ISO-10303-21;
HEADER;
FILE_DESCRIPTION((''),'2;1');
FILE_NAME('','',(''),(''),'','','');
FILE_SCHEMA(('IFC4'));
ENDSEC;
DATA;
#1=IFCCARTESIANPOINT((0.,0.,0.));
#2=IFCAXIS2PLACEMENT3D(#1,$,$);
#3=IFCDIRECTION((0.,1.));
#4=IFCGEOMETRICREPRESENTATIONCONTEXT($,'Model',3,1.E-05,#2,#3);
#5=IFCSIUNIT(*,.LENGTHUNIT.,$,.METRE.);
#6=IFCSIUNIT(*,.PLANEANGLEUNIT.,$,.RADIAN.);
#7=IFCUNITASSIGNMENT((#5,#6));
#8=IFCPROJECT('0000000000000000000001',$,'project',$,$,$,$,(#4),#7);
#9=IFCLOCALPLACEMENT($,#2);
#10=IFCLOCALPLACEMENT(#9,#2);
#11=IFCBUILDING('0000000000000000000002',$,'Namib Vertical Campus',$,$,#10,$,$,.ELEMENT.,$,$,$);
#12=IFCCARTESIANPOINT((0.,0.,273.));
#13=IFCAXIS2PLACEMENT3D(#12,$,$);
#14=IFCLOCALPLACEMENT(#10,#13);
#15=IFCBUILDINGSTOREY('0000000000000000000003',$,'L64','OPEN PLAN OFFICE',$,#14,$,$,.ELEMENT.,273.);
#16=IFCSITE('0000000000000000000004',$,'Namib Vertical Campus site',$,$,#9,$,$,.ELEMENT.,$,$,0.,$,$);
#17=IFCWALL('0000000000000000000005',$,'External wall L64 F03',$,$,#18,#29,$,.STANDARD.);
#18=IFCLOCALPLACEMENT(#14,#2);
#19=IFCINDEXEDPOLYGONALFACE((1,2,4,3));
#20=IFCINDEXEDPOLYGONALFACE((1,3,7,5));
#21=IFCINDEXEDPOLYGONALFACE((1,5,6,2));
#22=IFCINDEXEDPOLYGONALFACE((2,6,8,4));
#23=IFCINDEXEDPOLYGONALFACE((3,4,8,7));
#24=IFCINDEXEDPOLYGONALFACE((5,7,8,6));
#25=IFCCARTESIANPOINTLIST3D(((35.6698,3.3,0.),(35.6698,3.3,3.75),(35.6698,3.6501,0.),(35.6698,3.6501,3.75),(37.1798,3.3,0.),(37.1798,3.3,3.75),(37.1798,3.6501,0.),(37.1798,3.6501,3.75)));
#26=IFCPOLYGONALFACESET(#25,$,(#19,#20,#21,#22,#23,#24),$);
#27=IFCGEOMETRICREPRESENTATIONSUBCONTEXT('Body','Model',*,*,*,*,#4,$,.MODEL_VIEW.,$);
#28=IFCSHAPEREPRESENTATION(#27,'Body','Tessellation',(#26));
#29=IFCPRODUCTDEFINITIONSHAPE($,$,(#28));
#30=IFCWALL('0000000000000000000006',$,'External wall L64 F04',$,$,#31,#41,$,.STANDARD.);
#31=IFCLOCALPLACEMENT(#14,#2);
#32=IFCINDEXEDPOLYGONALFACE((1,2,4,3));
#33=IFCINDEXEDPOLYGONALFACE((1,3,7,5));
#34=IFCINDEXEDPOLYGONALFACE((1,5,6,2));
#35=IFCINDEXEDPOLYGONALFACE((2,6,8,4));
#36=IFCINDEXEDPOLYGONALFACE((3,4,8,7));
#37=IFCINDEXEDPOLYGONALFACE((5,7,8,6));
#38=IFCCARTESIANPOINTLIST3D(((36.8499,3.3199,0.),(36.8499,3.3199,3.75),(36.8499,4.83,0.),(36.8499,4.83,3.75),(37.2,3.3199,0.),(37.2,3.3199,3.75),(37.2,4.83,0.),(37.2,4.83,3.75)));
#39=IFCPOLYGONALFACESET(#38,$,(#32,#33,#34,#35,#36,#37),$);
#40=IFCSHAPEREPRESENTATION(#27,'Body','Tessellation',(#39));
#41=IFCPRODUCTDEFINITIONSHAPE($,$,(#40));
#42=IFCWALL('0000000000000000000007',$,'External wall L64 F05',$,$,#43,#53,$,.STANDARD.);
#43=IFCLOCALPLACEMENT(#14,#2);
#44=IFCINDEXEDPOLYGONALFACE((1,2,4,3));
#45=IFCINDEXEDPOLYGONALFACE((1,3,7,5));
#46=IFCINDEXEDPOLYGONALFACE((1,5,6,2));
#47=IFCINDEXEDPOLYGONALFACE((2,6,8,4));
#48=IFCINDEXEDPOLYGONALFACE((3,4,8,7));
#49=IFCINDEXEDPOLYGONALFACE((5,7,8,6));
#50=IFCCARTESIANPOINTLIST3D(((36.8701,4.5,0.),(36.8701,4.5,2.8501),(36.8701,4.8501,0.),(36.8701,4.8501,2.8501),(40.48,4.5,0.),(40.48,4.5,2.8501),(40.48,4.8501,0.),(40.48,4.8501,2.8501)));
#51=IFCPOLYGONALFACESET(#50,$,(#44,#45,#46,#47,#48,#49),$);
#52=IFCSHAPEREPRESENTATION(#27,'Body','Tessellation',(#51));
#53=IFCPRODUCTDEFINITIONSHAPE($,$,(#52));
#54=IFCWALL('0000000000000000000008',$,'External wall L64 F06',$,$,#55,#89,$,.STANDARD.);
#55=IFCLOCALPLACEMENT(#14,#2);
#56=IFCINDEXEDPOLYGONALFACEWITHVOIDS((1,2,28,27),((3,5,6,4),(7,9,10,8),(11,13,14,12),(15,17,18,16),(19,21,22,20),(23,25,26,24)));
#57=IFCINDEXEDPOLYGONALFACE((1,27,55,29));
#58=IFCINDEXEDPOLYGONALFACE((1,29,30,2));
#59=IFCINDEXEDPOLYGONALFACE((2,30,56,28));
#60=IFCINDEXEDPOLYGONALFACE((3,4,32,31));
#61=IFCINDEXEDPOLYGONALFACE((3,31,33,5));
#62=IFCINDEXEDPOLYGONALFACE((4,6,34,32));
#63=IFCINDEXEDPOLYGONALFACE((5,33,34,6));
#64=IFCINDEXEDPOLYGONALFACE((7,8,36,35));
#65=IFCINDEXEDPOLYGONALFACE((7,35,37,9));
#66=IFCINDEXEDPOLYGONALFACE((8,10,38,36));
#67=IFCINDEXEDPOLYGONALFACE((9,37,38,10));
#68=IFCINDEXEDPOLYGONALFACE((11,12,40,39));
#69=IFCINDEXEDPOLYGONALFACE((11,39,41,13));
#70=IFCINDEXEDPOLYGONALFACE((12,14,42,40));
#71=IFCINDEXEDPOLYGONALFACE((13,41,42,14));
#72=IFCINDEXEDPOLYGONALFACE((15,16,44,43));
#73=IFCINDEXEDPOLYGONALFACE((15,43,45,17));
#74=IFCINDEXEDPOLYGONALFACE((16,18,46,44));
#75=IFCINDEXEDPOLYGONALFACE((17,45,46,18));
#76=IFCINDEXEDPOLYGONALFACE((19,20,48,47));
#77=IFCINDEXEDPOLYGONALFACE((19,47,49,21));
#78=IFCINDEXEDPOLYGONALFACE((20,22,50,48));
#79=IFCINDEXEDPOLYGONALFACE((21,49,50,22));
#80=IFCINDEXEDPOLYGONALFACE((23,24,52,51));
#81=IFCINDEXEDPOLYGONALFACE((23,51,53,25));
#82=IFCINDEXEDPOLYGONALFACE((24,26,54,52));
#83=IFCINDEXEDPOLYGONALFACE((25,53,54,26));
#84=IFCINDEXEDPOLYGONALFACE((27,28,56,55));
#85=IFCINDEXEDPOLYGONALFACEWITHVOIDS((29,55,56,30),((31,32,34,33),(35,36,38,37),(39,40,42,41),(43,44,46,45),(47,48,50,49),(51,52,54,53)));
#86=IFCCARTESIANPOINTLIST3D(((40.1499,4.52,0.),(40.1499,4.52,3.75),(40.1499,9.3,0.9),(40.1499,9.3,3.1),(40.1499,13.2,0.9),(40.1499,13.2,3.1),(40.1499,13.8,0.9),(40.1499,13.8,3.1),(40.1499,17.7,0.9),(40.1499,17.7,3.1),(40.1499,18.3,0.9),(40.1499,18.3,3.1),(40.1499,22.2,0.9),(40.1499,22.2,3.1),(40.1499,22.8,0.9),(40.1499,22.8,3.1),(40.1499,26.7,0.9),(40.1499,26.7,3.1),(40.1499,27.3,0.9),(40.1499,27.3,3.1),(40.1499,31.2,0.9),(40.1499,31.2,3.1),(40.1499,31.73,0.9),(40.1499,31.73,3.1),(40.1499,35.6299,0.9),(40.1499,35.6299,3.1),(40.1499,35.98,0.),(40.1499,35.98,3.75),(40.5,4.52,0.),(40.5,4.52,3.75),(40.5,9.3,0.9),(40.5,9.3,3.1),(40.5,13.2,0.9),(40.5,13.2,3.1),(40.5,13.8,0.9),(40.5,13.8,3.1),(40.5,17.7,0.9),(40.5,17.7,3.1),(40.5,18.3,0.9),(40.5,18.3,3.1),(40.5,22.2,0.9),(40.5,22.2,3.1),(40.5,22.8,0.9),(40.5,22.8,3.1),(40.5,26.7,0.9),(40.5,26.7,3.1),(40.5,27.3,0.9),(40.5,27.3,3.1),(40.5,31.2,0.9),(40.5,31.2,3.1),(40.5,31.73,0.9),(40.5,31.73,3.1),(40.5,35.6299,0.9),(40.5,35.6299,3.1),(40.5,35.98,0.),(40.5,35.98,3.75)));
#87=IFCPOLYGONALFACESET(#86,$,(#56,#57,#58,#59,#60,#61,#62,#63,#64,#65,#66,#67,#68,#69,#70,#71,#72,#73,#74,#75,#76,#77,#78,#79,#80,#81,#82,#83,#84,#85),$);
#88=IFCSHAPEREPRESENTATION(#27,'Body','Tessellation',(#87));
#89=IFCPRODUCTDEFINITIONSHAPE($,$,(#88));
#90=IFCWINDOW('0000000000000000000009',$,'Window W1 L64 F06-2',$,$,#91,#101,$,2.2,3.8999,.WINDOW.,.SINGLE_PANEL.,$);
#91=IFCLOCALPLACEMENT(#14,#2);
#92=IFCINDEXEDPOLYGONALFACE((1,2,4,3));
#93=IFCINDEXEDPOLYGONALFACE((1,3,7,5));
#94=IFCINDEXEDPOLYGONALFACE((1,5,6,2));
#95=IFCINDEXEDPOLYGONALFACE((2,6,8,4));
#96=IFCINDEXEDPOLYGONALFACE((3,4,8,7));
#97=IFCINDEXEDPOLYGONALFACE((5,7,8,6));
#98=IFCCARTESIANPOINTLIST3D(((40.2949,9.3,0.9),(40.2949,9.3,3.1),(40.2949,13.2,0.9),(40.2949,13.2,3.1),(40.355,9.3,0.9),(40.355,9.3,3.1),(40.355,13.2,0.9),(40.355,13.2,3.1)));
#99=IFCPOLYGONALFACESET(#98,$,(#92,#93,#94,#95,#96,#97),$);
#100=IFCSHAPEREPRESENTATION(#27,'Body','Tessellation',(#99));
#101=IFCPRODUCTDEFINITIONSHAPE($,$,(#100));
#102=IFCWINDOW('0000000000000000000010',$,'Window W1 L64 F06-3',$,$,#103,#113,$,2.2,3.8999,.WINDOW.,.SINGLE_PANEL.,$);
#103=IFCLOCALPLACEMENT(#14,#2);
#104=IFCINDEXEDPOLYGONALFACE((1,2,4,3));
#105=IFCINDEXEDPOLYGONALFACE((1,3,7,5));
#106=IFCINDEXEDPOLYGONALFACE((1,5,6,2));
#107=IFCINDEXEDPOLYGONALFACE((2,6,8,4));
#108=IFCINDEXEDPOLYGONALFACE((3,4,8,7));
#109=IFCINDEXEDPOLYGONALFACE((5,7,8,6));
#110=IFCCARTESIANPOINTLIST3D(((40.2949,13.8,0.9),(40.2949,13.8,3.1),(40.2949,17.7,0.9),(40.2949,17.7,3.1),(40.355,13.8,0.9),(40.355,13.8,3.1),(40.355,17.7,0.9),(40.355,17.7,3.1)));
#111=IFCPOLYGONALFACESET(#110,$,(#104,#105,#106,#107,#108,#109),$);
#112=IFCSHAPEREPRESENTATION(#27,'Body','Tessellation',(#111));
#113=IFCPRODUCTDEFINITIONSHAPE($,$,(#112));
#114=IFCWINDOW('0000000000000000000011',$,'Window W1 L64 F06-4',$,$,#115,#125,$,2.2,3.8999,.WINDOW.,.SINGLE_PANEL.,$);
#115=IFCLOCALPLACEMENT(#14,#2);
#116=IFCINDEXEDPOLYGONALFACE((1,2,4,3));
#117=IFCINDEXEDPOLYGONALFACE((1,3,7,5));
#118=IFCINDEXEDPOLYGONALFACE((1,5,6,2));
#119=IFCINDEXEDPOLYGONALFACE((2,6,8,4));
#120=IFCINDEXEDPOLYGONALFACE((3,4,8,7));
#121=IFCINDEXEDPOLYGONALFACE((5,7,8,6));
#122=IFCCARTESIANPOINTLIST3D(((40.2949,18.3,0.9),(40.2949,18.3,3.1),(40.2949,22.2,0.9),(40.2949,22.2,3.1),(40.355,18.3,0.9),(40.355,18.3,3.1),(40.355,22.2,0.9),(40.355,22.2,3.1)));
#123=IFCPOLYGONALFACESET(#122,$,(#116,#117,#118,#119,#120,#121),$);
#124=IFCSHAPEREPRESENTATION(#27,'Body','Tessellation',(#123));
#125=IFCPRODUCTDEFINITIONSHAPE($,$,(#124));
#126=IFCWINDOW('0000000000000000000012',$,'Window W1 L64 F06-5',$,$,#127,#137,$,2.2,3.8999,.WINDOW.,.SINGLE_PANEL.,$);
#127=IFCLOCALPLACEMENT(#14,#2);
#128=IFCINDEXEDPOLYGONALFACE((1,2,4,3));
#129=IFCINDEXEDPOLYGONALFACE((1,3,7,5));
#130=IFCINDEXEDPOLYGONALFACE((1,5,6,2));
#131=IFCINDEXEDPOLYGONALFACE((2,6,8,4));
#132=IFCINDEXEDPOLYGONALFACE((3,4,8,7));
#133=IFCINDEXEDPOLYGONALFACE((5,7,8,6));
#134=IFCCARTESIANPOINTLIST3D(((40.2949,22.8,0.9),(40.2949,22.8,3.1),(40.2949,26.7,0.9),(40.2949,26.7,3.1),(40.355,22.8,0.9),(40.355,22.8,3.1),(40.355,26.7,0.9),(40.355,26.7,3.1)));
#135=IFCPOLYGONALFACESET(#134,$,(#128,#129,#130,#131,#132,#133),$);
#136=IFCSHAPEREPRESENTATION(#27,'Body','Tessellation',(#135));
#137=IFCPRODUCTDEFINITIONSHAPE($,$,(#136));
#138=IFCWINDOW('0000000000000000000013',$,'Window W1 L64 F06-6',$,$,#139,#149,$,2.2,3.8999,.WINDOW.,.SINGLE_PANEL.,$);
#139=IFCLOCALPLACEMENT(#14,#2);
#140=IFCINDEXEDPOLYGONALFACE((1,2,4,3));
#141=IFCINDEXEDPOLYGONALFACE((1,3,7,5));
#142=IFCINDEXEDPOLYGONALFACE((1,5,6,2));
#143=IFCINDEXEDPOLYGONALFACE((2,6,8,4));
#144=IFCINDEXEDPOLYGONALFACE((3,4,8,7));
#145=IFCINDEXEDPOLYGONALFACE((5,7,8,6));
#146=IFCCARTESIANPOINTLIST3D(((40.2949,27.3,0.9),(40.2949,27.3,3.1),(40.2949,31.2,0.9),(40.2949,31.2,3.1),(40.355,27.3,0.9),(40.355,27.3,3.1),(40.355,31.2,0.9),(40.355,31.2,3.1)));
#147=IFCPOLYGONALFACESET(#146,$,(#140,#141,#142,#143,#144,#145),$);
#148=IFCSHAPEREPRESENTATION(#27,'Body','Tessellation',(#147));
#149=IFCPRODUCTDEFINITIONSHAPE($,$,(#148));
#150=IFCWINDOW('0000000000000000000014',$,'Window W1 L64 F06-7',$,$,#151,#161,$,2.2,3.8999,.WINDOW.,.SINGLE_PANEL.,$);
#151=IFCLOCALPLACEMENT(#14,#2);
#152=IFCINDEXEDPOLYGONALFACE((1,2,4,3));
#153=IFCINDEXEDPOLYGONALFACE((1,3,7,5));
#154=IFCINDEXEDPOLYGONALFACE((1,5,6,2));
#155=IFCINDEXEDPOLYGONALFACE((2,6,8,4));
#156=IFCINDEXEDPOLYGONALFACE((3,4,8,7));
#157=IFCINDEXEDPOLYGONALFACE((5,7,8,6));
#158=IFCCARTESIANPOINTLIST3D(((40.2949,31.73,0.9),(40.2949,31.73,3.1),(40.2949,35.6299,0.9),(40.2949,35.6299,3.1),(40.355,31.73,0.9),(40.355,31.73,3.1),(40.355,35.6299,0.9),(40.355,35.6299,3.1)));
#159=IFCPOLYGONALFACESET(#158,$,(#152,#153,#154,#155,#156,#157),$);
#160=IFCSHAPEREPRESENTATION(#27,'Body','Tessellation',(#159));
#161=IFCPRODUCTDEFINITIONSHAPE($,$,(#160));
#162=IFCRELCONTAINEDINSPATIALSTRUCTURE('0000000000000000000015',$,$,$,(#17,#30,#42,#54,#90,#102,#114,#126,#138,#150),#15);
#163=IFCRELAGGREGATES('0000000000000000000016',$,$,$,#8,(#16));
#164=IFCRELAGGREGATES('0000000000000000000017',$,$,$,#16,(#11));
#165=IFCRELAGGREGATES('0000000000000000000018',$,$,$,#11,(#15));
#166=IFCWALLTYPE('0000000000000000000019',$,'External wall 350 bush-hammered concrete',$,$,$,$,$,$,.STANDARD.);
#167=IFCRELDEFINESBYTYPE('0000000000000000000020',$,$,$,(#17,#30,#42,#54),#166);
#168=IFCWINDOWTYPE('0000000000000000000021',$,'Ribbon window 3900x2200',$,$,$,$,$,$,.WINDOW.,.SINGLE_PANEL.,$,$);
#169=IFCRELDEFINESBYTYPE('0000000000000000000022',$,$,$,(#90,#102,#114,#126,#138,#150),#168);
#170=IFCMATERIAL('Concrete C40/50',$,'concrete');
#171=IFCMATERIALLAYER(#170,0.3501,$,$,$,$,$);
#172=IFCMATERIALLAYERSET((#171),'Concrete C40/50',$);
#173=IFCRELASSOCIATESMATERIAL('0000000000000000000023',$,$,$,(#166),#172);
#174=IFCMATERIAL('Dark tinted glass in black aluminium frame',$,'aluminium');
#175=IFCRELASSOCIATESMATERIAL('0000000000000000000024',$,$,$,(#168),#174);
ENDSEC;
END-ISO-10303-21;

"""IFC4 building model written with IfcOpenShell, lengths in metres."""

from ifc_helpers import new_model, si_unit, direction, frame, frame_2d, origin, place, context, subcontext, project, spatial, rectangle, extrude, material, layer, layer_set, type_object, element, fill, save


model = new_model("IFC4")

# Units and contexts
model_context = context("Model", 3, precision=1e-05, world=origin(), true_north=direction((0.0, 1.0)))
body_context = subcontext(model_context, "Body", "Model", "MODEL_VIEW")
ifc_project = project(units=[si_unit("LENGTHUNIT", "METRE"), si_unit("PLANEANGLEUNIT", "RADIAN")], contexts=[model_context])

# Site, building, storey
site_placement = place(None, origin())
site = spatial("IfcSite", under=ifc_project, at=site_placement, Name="Namib Vertical Campus site", CompositionType="ELEMENT", RefElevation=0.0)
building_placement = place(site_placement, origin())
building = spatial("IfcBuilding", under=site, at=building_placement, Name="Namib Vertical Campus", CompositionType="ELEMENT")
storey_placement = place(building_placement, frame((0.0, 0.0, 273.0)))
storey = spatial("IfcBuildingStorey", under=building, at=storey_placement, Name="L64", Description="OPEN PLAN OFFICE", CompositionType="ELEMENT", Elevation=273.0)

# Walls
ifc_material_1 = material(Name="Concrete C40/50", Category="concrete")
ifc_layer_1 = layer(ifc_material_1, 0.3501)
ifc_layer_set_1 = layer_set([ifc_layer_1], Name="Concrete C40/50")
wall_type = type_object("IfcWallType", Name="External wall 350 bush-hammered concrete", PredefinedType="STANDARD", material=ifc_layer_set_1)
for number, where, z_axis, x_axis, name in (
    (1, (35.6699, 3.4751, 0.0), (0.0, 0.0, 1.0), (1.0, 0.0, 0.0), "External wall L64 F03"),
    (2, (37.0249, 3.3201, 0.0), (0.0, 0.0, 1.0), (0.0, 1.0, 0.0), "External wall L64 F04"),
):
    element("IfcWall", number, at=place(storey_placement, frame(where, z_axis=z_axis, x_axis=x_axis)), inside=storey, type_object=wall_type, Name=name, PredefinedType="STANDARD", context=body_context, shape_type="SweptSolid", body=[
        extrude(rectangle(XDim=1.51, YDim=0.3501, at=frame_2d((0.7549, 0.0))), origin(), (0.0, 0.0, 1.0), 3.75),
    ])
wall_1_placement = place(storey_placement, frame((36.8701, 4.675, 0.0), z_axis=(0.0, 0.0, 1.0), x_axis=(1.0, 0.0, 0.0)))
element("IfcWall", 3, at=wall_1_placement, inside=storey, type_object=wall_type, Name="External wall L64 F05", PredefinedType="STANDARD", context=body_context, shape_type="SweptSolid", body=[
    extrude(rectangle(XDim=3.6099, YDim=0.3501, at=frame_2d((1.8049, 0.0))), origin(), (0.0, 0.0, 1.0), 2.8501),
])

# Wall, openings, windows
wall_2_placement = place(storey_placement, frame((40.325, 4.52, 0.0), z_axis=(0.0, 0.0, 1.0), x_axis=(0.0, 1.0, 0.0)))
wall_2 = element("IfcWall", 4, at=wall_2_placement, inside=storey, type_object=wall_type, Name="External wall L64 F06", PredefinedType="STANDARD", context=body_context, shape_type="SweptSolid", body=[
    extrude(rectangle(XDim=31.46, YDim=0.3501, at=frame_2d((15.73, 0.0))), origin(), (0.0, 0.0, 1.0), 3.75),
])
opening_1_placement = place(wall_2_placement, frame((4.78, 0.0, 0.8999)))
opening_1 = element("IfcOpeningElement", 5, at=opening_1_placement, cuts=wall_2, PredefinedType="OPENING", context=body_context, shape_type="SweptSolid", body=[
    extrude(rectangle(XDim=3.8999, YDim=2.2, at=frame_2d((1.95, 1.1001))), frame((0.0, 0.1851, 0.0), z_axis=(0.0, -1.0, 0.0), x_axis=(1.0, 0.0, 0.0)), (0.0, 0.0, 1.0), 0.3701),
])
opening_2_placement = place(wall_2_placement, frame((9.28, 0.0, 0.8999)))
opening_2 = element("IfcOpeningElement", 6, at=opening_2_placement, cuts=wall_2, PredefinedType="OPENING", context=body_context, shape_type="SweptSolid", body=[
    extrude(rectangle(XDim=3.8999, YDim=2.2, at=frame_2d((1.95, 1.1001))), frame((0.0, 0.1851, 0.0), z_axis=(0.0, -1.0, 0.0), x_axis=(1.0, 0.0, 0.0)), (0.0, 0.0, 1.0), 0.3701),
])
opening_3_placement = place(wall_2_placement, frame((13.78, 0.0, 0.8999)))
opening_3 = element("IfcOpeningElement", 7, at=opening_3_placement, cuts=wall_2, PredefinedType="OPENING", context=body_context, shape_type="SweptSolid", body=[
    extrude(rectangle(XDim=3.8999, YDim=2.2, at=frame_2d((1.95, 1.1001))), frame((0.0, 0.1851, 0.0), z_axis=(0.0, -1.0, 0.0), x_axis=(1.0, 0.0, 0.0)), (0.0, 0.0, 1.0), 0.3701),
])
opening_4_placement = place(wall_2_placement, frame((18.28, 0.0, 0.8999)))
opening_4 = element("IfcOpeningElement", 8, at=opening_4_placement, cuts=wall_2, PredefinedType="OPENING", context=body_context, shape_type="SweptSolid", body=[
    extrude(rectangle(XDim=3.8999, YDim=2.2, at=frame_2d((1.95, 1.1001))), frame((0.0, 0.1851, 0.0), z_axis=(0.0, -1.0, 0.0), x_axis=(1.0, 0.0, 0.0)), (0.0, 0.0, 1.0), 0.3701),
])
opening_5_placement = place(wall_2_placement, frame((22.78, 0.0, 0.8999)))
opening_5 = element("IfcOpeningElement", 9, at=opening_5_placement, cuts=wall_2, PredefinedType="OPENING", context=body_context, shape_type="SweptSolid", body=[
    extrude(rectangle(XDim=3.8999, YDim=2.2, at=frame_2d((1.95, 1.1001))), frame((0.0, 0.1851, 0.0), z_axis=(0.0, -1.0, 0.0), x_axis=(1.0, 0.0, 0.0)), (0.0, 0.0, 1.0), 0.3701),
])
opening_6_placement = place(wall_2_placement, frame((27.21, 0.0, 0.8999)))
opening_6 = element("IfcOpeningElement", 10, at=opening_6_placement, cuts=wall_2, PredefinedType="OPENING", context=body_context, shape_type="SweptSolid", body=[
    extrude(rectangle(XDim=3.8999, YDim=2.2, at=frame_2d((1.95, 1.1001))), frame((0.0, 0.1851, 0.0), z_axis=(0.0, -1.0, 0.0), x_axis=(1.0, 0.0, 0.0)), (0.0, 0.0, 1.0), 0.3701),
])
ifc_material_2 = material(Name="Dark tinted glass in black aluminium frame", Category="aluminium")
window_type = type_object("IfcWindowType", Name="Ribbon window 3900x2200", PartitioningType="SINGLE_PANEL", PredefinedType="WINDOW", material=ifc_material_2)
window_1_placement = place(opening_1_placement, origin())
window_1 = element("IfcWindow", 11, at=window_1_placement, inside=storey, type_object=window_type, Name="Window W1 L64 F06-2", OverallHeight=2.2, OverallWidth=3.8999, PartitioningType="SINGLE_PANEL", PredefinedType="WINDOW", context=body_context, shape_type="SweptSolid", body=[
    extrude(rectangle(XDim=3.8999, YDim=2.2, at=frame_2d((1.95, 1.1001))), frame((0.0, 0.03, 0.0), z_axis=(0.0, -1.0, 0.0), x_axis=(1.0, 0.0, 0.0)), (0.0, 0.0, 1.0), 0.0601),
])
fill(opening_1, window_1)
window_2_placement = place(opening_2_placement, origin())
window_2 = element("IfcWindow", 12, at=window_2_placement, inside=storey, type_object=window_type, Name="Window W1 L64 F06-3", OverallHeight=2.2, OverallWidth=3.8999, PartitioningType="SINGLE_PANEL", PredefinedType="WINDOW", context=body_context, shape_type="SweptSolid", body=[
    extrude(rectangle(XDim=3.8999, YDim=2.2, at=frame_2d((1.95, 1.1001))), frame((0.0, 0.03, 0.0), z_axis=(0.0, -1.0, 0.0), x_axis=(1.0, 0.0, 0.0)), (0.0, 0.0, 1.0), 0.0601),
])
fill(opening_2, window_2)
window_3_placement = place(opening_3_placement, origin())
window_3 = element("IfcWindow", 13, at=window_3_placement, inside=storey, type_object=window_type, Name="Window W1 L64 F06-4", OverallHeight=2.2, OverallWidth=3.8999, PartitioningType="SINGLE_PANEL", PredefinedType="WINDOW", context=body_context, shape_type="SweptSolid", body=[
    extrude(rectangle(XDim=3.8999, YDim=2.2, at=frame_2d((1.95, 1.1001))), frame((0.0, 0.03, 0.0), z_axis=(0.0, -1.0, 0.0), x_axis=(1.0, 0.0, 0.0)), (0.0, 0.0, 1.0), 0.0601),
])
fill(opening_3, window_3)
window_4_placement = place(opening_4_placement, origin())
window_4 = element("IfcWindow", 14, at=window_4_placement, inside=storey, type_object=window_type, Name="Window W1 L64 F06-5", OverallHeight=2.2, OverallWidth=3.8999, PartitioningType="SINGLE_PANEL", PredefinedType="WINDOW", context=body_context, shape_type="SweptSolid", body=[
    extrude(rectangle(XDim=3.8999, YDim=2.2, at=frame_2d((1.95, 1.1001))), frame((0.0, 0.03, 0.0), z_axis=(0.0, -1.0, 0.0), x_axis=(1.0, 0.0, 0.0)), (0.0, 0.0, 1.0), 0.0601),
])
fill(opening_4, window_4)
window_5_placement = place(opening_5_placement, origin())
window_5 = element("IfcWindow", 15, at=window_5_placement, inside=storey, type_object=window_type, Name="Window W1 L64 F06-6", OverallHeight=2.2, OverallWidth=3.8999, PartitioningType="SINGLE_PANEL", PredefinedType="WINDOW", context=body_context, shape_type="SweptSolid", body=[
    extrude(rectangle(XDim=3.8999, YDim=2.2, at=frame_2d((1.95, 1.1001))), frame((0.0, 0.03, 0.0), z_axis=(0.0, -1.0, 0.0), x_axis=(1.0, 0.0, 0.0)), (0.0, 0.0, 1.0), 0.0601),
])
fill(opening_5, window_5)
window_6_placement = place(opening_6_placement, origin())
window_6 = element("IfcWindow", 16, at=window_6_placement, inside=storey, type_object=window_type, Name="Window W1 L64 F06-7", OverallHeight=2.2, OverallWidth=3.8999, PartitioningType="SINGLE_PANEL", PredefinedType="WINDOW", context=body_context, shape_type="SweptSolid", body=[
    extrude(rectangle(XDim=3.8999, YDim=2.2, at=frame_2d((1.95, 1.1001))), frame((0.0, 0.03, 0.0), z_axis=(0.0, -1.0, 0.0), x_axis=(1.0, 0.0, 0.0)), (0.0, 0.0, 1.0), 0.0601),
])
fill(opening_6, window_6)

save(model, "model.ifc")
